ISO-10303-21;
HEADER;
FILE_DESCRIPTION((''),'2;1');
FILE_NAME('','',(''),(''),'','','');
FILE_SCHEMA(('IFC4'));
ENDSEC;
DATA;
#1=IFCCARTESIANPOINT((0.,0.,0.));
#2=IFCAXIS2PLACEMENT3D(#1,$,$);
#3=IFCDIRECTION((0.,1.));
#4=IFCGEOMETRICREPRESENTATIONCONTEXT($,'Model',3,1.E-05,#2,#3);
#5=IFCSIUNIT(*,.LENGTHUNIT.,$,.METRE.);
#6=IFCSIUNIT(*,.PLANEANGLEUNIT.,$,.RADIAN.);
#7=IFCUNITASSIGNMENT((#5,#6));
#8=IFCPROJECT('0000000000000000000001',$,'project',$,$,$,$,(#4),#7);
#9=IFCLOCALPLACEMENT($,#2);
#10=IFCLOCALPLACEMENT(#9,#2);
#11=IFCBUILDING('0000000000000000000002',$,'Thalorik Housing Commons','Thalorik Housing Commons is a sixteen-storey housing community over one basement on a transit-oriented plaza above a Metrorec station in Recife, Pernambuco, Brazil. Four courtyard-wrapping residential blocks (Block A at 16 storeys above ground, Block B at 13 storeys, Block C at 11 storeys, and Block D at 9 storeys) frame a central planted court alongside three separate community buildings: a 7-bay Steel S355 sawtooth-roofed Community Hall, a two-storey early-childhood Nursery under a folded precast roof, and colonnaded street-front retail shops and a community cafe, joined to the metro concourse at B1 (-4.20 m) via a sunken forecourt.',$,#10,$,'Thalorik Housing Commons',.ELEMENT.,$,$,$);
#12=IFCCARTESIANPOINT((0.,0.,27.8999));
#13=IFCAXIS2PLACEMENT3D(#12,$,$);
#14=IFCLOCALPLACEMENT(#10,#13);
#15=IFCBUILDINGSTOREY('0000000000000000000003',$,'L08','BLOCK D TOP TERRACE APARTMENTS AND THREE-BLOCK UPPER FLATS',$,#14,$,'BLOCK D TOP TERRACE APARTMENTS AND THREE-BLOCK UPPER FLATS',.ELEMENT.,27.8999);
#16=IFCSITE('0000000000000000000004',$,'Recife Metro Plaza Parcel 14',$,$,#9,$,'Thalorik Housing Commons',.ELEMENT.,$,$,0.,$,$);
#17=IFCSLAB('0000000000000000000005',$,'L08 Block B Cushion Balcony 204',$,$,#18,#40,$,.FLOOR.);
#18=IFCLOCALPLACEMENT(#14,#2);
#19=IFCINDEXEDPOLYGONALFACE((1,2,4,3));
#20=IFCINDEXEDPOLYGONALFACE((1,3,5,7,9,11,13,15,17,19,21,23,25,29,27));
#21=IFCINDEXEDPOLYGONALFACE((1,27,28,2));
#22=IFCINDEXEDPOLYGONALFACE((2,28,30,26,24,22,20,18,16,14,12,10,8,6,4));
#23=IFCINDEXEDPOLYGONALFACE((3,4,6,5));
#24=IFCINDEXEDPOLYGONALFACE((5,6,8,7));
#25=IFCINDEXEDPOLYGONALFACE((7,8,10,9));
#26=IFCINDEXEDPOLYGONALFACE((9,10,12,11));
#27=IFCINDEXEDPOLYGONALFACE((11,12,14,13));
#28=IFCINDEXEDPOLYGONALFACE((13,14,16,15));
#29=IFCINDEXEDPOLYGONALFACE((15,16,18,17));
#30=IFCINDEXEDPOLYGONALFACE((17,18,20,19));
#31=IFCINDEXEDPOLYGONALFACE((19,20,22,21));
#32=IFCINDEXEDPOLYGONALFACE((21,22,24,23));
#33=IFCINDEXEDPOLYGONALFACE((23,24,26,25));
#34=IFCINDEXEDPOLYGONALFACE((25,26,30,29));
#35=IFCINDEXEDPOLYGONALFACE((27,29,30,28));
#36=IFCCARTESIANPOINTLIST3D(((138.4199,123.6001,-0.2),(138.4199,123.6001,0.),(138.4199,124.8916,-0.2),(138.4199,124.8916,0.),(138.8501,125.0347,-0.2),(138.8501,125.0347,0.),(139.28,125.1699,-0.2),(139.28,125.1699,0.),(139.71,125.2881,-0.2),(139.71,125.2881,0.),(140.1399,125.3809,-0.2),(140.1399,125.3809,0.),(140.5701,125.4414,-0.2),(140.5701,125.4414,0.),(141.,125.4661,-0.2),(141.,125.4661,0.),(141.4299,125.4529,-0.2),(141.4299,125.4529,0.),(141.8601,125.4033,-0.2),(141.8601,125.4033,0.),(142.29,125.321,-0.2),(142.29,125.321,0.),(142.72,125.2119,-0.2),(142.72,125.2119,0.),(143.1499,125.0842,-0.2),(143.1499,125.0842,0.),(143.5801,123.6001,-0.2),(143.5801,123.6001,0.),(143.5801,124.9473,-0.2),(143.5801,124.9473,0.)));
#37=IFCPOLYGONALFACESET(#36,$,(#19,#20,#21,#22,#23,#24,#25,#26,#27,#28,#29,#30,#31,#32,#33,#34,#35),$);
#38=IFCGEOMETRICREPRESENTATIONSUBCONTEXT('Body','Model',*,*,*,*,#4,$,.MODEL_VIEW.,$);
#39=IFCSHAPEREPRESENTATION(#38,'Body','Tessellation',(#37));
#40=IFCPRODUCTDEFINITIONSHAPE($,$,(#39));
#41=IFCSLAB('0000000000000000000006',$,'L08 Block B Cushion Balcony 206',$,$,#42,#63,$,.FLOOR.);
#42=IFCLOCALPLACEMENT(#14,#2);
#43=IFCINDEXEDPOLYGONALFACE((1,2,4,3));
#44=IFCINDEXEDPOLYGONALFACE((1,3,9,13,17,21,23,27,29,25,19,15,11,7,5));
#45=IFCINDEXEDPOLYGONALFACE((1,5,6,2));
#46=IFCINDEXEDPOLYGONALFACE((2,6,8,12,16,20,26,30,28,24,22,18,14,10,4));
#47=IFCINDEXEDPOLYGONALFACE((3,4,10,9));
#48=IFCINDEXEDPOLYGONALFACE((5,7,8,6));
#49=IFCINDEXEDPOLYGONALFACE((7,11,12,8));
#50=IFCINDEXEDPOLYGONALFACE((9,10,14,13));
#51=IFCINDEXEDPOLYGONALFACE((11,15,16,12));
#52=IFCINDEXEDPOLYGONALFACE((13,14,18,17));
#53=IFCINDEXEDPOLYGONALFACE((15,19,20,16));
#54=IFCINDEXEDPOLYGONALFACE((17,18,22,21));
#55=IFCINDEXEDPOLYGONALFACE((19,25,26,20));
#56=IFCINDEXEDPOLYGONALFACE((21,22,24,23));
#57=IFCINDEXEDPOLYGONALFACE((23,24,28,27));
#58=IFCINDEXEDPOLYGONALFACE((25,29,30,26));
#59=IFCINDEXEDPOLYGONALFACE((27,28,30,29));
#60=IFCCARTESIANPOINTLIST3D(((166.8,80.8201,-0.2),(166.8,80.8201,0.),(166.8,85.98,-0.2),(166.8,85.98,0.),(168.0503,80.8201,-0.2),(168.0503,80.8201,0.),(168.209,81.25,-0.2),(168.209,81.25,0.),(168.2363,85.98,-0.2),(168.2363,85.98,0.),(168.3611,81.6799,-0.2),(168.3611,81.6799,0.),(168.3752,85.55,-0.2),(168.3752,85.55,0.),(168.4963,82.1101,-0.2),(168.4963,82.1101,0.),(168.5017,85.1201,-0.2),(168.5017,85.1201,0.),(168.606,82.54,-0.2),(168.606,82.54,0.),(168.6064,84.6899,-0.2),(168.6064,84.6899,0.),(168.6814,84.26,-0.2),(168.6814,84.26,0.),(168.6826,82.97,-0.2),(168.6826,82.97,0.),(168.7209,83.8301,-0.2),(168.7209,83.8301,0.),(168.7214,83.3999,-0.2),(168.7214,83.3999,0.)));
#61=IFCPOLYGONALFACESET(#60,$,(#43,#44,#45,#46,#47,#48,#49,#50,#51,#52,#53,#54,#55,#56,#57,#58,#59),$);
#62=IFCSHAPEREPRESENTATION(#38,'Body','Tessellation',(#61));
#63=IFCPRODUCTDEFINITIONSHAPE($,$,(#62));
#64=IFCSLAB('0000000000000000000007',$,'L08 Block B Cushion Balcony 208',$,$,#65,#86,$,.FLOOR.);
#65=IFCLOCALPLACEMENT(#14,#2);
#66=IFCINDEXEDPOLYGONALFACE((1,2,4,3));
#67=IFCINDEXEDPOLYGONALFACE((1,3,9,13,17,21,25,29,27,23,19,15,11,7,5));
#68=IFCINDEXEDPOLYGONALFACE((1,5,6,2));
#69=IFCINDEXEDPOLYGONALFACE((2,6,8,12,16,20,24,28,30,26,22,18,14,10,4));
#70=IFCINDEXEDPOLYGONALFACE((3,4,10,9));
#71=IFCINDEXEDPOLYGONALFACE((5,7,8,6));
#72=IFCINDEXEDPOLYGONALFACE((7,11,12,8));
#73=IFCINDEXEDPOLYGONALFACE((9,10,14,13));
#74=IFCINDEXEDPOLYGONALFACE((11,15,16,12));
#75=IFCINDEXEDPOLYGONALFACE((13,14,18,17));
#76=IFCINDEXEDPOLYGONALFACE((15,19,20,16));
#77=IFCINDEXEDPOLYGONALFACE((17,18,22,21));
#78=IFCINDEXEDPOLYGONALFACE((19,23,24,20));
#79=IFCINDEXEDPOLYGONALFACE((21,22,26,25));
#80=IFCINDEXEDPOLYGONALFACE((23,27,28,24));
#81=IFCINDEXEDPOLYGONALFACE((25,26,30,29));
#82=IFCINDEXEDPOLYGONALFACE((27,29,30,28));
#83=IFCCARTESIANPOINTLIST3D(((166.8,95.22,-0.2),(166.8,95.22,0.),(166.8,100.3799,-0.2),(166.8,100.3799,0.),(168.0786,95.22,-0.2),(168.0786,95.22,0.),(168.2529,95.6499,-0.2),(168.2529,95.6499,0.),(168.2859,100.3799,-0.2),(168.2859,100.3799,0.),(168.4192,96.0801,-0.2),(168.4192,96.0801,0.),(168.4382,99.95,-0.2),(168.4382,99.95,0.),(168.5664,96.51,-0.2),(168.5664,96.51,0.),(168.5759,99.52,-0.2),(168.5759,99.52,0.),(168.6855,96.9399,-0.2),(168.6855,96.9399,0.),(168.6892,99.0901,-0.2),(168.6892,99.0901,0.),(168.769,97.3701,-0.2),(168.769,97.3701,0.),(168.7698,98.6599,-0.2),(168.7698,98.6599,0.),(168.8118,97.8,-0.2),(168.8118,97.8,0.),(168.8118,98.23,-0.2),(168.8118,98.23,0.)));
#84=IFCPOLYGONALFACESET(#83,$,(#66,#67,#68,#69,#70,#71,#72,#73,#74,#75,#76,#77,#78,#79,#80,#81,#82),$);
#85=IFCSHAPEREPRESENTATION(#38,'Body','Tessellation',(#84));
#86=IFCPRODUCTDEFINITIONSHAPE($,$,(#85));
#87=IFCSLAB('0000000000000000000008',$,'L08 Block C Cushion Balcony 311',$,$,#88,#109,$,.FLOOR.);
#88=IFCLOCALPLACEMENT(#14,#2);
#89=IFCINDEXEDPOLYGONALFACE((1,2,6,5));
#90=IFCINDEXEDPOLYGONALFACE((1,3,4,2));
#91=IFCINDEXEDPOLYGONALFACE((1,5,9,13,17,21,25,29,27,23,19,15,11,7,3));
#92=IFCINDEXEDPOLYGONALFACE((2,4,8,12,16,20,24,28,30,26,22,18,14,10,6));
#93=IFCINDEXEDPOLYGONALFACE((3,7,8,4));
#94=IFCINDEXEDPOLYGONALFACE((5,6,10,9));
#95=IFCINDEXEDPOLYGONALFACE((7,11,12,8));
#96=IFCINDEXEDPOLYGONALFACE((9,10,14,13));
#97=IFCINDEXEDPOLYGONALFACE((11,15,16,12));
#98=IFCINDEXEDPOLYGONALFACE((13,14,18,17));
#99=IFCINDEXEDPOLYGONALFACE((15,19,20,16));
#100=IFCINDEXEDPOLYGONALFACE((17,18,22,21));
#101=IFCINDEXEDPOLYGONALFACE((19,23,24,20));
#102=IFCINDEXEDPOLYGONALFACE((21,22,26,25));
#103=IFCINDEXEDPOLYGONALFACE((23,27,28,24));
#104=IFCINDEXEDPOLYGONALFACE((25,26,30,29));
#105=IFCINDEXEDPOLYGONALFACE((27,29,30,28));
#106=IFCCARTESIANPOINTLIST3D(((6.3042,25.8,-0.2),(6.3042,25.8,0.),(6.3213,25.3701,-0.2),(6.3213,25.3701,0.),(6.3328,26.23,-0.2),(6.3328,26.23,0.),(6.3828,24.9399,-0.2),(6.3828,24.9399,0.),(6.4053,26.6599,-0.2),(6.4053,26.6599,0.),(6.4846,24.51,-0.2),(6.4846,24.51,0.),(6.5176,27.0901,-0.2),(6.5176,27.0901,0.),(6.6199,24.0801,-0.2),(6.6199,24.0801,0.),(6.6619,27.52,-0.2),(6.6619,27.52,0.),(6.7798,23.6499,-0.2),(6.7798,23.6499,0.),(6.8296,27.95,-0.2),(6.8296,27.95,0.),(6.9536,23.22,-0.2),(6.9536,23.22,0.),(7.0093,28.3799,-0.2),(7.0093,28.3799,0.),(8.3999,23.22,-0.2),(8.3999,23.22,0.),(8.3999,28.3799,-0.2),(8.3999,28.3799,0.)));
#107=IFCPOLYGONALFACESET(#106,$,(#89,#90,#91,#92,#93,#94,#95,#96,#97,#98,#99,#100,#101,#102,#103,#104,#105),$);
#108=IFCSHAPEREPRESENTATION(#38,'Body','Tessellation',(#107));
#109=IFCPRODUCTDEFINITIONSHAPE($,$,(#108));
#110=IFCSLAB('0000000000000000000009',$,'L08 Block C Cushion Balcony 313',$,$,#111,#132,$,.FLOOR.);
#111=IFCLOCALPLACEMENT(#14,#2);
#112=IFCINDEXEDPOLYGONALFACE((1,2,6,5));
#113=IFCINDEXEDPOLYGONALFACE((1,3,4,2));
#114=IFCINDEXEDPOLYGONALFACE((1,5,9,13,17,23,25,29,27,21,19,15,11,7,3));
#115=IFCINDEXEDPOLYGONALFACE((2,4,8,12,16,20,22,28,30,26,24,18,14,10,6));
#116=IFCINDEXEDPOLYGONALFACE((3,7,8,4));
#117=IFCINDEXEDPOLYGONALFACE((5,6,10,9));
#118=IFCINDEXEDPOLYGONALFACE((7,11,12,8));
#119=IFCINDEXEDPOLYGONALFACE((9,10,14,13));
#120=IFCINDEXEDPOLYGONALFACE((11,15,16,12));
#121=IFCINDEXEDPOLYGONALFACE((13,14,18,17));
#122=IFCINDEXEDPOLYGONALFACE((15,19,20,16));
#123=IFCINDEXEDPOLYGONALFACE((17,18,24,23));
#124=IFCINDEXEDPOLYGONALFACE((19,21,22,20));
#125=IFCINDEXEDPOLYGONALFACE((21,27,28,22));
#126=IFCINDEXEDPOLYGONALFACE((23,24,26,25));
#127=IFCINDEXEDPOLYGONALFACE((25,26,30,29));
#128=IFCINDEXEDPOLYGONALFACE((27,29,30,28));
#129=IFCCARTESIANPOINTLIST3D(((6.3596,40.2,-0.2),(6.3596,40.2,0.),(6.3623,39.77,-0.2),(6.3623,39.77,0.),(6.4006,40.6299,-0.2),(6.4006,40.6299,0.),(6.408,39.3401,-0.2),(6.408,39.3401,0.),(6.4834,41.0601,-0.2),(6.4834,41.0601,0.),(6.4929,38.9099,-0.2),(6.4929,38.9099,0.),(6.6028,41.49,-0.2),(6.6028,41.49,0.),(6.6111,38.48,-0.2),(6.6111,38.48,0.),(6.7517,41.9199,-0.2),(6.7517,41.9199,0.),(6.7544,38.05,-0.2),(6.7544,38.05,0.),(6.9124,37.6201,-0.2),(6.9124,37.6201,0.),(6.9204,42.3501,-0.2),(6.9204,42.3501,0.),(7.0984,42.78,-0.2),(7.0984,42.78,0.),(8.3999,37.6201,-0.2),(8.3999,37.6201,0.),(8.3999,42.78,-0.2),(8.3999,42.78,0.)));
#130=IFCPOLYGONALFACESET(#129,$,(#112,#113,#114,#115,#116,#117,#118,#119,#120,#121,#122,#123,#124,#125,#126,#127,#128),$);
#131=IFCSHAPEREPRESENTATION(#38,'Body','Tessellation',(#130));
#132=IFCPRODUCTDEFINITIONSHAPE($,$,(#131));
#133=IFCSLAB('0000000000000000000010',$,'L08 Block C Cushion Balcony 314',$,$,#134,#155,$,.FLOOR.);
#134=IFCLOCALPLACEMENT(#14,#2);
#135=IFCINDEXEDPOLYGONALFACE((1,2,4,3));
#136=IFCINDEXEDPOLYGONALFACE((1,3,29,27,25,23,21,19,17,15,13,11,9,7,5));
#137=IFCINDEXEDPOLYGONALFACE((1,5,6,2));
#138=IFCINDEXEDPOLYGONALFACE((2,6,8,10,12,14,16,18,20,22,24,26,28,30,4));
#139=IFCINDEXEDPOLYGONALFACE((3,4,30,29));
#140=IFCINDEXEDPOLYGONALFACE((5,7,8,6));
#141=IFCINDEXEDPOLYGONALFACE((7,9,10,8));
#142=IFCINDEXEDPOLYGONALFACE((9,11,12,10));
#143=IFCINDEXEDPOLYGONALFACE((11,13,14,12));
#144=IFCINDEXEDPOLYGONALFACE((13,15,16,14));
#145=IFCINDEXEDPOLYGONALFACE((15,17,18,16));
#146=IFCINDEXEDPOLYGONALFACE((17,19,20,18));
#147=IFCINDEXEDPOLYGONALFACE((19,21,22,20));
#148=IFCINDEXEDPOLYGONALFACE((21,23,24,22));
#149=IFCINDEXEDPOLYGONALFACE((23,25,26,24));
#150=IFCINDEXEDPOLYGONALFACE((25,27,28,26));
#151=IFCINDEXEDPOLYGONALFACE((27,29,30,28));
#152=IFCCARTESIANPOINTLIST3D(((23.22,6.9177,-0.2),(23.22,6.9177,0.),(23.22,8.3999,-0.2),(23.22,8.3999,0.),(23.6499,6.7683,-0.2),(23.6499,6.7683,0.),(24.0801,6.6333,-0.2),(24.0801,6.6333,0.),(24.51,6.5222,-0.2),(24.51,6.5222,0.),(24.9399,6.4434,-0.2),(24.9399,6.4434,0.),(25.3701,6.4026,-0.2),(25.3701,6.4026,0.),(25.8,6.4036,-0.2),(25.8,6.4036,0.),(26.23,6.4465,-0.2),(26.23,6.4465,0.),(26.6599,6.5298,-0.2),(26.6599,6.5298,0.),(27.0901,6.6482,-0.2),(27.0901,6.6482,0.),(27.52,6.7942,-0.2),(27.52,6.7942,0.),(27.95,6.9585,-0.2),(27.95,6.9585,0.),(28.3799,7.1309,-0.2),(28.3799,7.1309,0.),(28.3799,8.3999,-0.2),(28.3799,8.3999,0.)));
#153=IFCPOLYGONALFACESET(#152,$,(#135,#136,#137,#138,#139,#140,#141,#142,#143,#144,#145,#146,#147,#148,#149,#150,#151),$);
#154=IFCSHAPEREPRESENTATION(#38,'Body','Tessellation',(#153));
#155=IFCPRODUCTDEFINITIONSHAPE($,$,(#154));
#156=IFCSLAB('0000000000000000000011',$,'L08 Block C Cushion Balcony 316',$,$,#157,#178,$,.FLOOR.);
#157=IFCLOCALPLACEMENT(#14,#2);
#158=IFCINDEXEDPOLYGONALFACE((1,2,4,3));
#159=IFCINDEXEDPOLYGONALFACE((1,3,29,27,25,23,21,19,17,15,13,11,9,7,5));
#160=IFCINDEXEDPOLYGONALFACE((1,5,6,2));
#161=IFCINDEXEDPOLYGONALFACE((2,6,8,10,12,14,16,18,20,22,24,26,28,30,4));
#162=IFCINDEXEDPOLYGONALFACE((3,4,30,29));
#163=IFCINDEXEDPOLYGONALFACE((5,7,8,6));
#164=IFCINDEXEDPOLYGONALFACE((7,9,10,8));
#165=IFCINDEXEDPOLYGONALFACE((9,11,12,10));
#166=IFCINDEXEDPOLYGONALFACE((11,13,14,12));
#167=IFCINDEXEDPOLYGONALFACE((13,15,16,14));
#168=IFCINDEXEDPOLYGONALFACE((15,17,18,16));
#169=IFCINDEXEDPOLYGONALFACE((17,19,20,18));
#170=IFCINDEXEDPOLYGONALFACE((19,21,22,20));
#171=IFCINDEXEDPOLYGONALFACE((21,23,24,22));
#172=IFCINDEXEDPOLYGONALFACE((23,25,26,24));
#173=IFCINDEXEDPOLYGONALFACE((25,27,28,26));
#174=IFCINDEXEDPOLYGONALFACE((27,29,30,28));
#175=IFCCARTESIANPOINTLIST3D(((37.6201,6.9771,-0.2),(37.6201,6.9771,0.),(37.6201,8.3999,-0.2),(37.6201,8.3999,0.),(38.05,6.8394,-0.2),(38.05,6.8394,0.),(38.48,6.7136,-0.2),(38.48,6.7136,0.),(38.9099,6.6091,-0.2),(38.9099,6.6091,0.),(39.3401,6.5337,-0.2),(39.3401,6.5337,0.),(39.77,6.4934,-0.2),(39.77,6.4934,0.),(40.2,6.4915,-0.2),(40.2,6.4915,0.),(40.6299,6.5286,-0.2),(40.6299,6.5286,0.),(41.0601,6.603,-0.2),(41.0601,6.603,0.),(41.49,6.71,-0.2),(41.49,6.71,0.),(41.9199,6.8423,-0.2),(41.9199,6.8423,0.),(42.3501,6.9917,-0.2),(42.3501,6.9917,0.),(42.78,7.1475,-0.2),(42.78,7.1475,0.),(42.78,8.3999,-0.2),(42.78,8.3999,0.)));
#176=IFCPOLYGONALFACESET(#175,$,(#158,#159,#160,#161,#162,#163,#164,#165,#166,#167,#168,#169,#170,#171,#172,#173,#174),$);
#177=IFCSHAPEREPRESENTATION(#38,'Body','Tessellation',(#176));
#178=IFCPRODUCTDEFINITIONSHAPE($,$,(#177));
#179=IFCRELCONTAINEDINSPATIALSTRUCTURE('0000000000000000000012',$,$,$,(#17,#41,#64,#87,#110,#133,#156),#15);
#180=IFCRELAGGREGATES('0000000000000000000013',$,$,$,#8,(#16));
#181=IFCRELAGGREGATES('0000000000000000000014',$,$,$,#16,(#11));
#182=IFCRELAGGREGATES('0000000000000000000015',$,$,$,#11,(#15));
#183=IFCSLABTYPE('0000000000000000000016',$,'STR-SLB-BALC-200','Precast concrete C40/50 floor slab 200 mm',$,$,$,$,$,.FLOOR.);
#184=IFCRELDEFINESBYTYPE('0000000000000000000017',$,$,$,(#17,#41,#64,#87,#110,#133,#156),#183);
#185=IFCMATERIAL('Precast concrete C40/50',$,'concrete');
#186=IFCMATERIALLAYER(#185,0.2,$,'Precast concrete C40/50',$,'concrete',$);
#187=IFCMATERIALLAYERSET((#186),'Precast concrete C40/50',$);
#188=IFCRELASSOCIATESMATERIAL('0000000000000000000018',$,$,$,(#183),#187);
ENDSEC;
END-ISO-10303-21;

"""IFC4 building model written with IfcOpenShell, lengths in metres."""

from ifc_helpers import new_model, si_unit, direction, frame, origin, place, context, subcontext, project, spatial, polyline, outline, extrude, material, layer, layer_set, type_object, element, save


model = new_model("IFC4")

# Units and contexts
model_context = context("Model", 3, precision=1e-05, world=origin(), true_north=direction((0.0, 1.0)))
body_context = subcontext(model_context, "Body", "Model", "MODEL_VIEW")
ifc_project = project(units=[si_unit("LENGTHUNIT", "METRE"), si_unit("PLANEANGLEUNIT", "RADIAN")], contexts=[model_context])

# Site, building, storey
site_placement = place(None, origin())
site = spatial("IfcSite", under=ifc_project, at=site_placement, Name="Recife Metro Plaza Parcel 14", LongName="Thalorik Housing Commons", CompositionType="ELEMENT", RefElevation=0.0)
building_placement = place(site_placement, origin())
building = spatial("IfcBuilding", under=site, at=building_placement, Name="Thalorik Housing Commons", Description="Thalorik Housing Commons is a sixteen-storey housing community over one basement on a transit-oriented plaza above a Metrorec station in Recife, Pernambuco, Brazil. Four courtyard-wrapping residential blocks (Block A at 16 storeys above ground, Block B at 13 storeys, Block C at 11 storeys, and Block D at 9 storeys) frame a central planted court alongside three separate community buildings: a 7-bay Steel S355 sawtooth-roofed Community Hall, a two-storey early-childhood Nursery under a folded precast roof, and colonnaded street-front retail shops and a community cafe, joined to the metro concourse at B1 (-4.20 m) via a sunken forecourt.", LongName="Thalorik Housing Commons", CompositionType="ELEMENT")
storey_placement = place(building_placement, frame((0.0, 0.0, 27.8999)))
storey = spatial("IfcBuildingStorey", under=building, at=storey_placement, Name="L08", Description="BLOCK D TOP TERRACE APARTMENTS AND THREE-BLOCK UPPER FLATS", LongName="BLOCK D TOP TERRACE APARTMENTS AND THREE-BLOCK UPPER FLATS", CompositionType="ELEMENT", Elevation=27.8999)

# Slabs
ifc_material_1 = material(Name="Precast concrete C40/50", Category="concrete")
ifc_layer_1 = layer(ifc_material_1, 0.2, Name="Precast concrete C40/50", Category="concrete")
ifc_layer_set_1 = layer_set([ifc_layer_1], Name="Precast concrete C40/50")
slab_type_1 = type_object("IfcSlabType", Name="STR-SLB-BALC-200", Description="Precast concrete C40/50 floor slab 200 mm", PredefinedType="FLOOR", material=ifc_layer_set_1)
slab_1_placement = place(storey_placement, frame((0.0, 0.0, -0.2)))
element("IfcSlab", 1, at=slab_1_placement, inside=storey, type_object=slab_type_1, Name="L08 Block B Cushion Balcony 204", PredefinedType="FLOOR", context=body_context, shape_type="SweptSolid", body=[
    extrude(outline(polyline([(138.4199, 123.6001), (143.5801, 123.6001), (143.5801, 124.9473), (143.1499, 125.0842), (142.72, 125.2119), (142.29, 125.321), (141.8601, 125.4033), (141.4299, 125.4529), (141.0, 125.4661), (140.5701, 125.4414), (140.1399, 125.3809), (139.71, 125.2881), (139.28, 125.1699), (138.8501, 125.0347), (138.4199, 124.8916), (138.4199, 123.6001)])), origin(), (0.0, 0.0, 1.0), 0.2),
])
slab_2_placement = place(storey_placement, frame((0.0, 0.0, -0.2)))
element("IfcSlab", 2, at=slab_2_placement, inside=storey, type_object=slab_type_1, Name="L08 Block B Cushion Balcony 206", PredefinedType="FLOOR", context=body_context, shape_type="SweptSolid", body=[
    extrude(outline(polyline([(168.0503, 80.8201), (168.209, 81.25), (168.3611, 81.6799), (168.4963, 82.1101), (168.606, 82.54), (168.6826, 82.97), (168.7214, 83.3999), (168.7209, 83.8301), (168.6814, 84.26), (168.6064, 84.6899), (168.5017, 85.1201), (168.3752, 85.55), (168.2363, 85.98), (166.8, 85.98), (166.8, 80.8201), (168.0503, 80.8201)])), origin(), (0.0, 0.0, 1.0), 0.2),
])
slab_3_placement = place(storey_placement, frame((0.0, 0.0, -0.2)))
element("IfcSlab", 3, at=slab_3_placement, inside=storey, type_object=slab_type_1, Name="L08 Block B Cushion Balcony 208", PredefinedType="FLOOR", context=body_context, shape_type="SweptSolid", body=[
    extrude(outline(polyline([(168.0786, 95.22), (168.2529, 95.6499), (168.4192, 96.0801), (168.5664, 96.51), (168.6855, 96.9399), (168.769, 97.3701), (168.8118, 97.8), (168.8118, 98.23), (168.7698, 98.6599), (168.6892, 99.0901), (168.5759, 99.52), (168.4382, 99.95), (168.2859, 100.3799), (166.8, 100.3799), (166.8, 95.22), (168.0786, 95.22)])), origin(), (0.0, 0.0, 1.0), 0.2),
])
slab_4_placement = place(storey_placement, frame((0.0, 0.0, -0.2)))
element("IfcSlab", 4, at=slab_4_placement, inside=storey, type_object=slab_type_1, Name="L08 Block C Cushion Balcony 311", PredefinedType="FLOOR", context=body_context, shape_type="SweptSolid", body=[
    extrude(outline(polyline([(8.3999, 23.22), (8.3999, 28.3799), (7.0093, 28.3799), (6.8296, 27.95), (6.6619, 27.52), (6.5176, 27.0901), (6.4053, 26.6599), (6.3328, 26.23), (6.3042, 25.8), (6.3213, 25.3701), (6.3828, 24.9399), (6.4846, 24.51), (6.6199, 24.0801), (6.7798, 23.6499), (6.9536, 23.22), (8.3999, 23.22)])), origin(), (0.0, 0.0, 1.0), 0.2),
])
slab_5_placement = place(storey_placement, frame((0.0, 0.0, -0.2)))
element("IfcSlab", 5, at=slab_5_placement, inside=storey, type_object=slab_type_1, Name="L08 Block C Cushion Balcony 313", PredefinedType="FLOOR", context=body_context, shape_type="SweptSolid", body=[
    extrude(outline(polyline([(8.3999, 37.6201), (8.3999, 42.78), (7.0984, 42.78), (6.9204, 42.3501), (6.7517, 41.9199), (6.6028, 41.49), (6.4834, 41.0601), (6.4006, 40.6299), (6.3596, 40.2), (6.3623, 39.77), (6.408, 39.3401), (6.4929, 38.9099), (6.6111, 38.48), (6.7544, 38.05), (6.9124, 37.6201), (8.3999, 37.6201)])), origin(), (0.0, 0.0, 1.0), 0.2),
])
slab_6_placement = place(storey_placement, frame((0.0, 0.0, -0.2)))
element("IfcSlab", 6, at=slab_6_placement, inside=storey, type_object=slab_type_1, Name="L08 Block C Cushion Balcony 314", PredefinedType="FLOOR", context=body_context, shape_type="SweptSolid", body=[
    extrude(outline(polyline([(23.22, 6.9177), (23.6499, 6.7683), (24.0801, 6.6333), (24.51, 6.5222), (24.9399, 6.4434), (25.3701, 6.4026), (25.8, 6.4036), (26.23, 6.4465), (26.6599, 6.5298), (27.0901, 6.6482), (27.52, 6.7942), (27.95, 6.9585), (28.3799, 7.1309), (28.3799, 8.3999), (23.22, 8.3999), (23.22, 6.9177)])), origin(), (0.0, 0.0, 1.0), 0.2),
])
slab_7_placement = place(storey_placement, frame((0.0, 0.0, -0.2)))
element("IfcSlab", 7, at=slab_7_placement, inside=storey, type_object=slab_type_1, Name="L08 Block C Cushion Balcony 316", PredefinedType="FLOOR", context=body_context, shape_type="SweptSolid", body=[
    extrude(outline(polyline([(37.6201, 6.9771), (38.05, 6.8394), (38.48, 6.7136), (38.9099, 6.6091), (39.3401, 6.5337), (39.77, 6.4934), (40.2, 6.4915), (40.6299, 6.5286), (41.0601, 6.603), (41.49, 6.71), (41.9199, 6.8423), (42.3501, 6.9917), (42.78, 7.1475), (42.78, 8.3999), (37.6201, 8.3999), (37.6201, 6.9771)])), origin(), (0.0, 0.0, 1.0), 0.2),
])

save(model, "model.ifc")
